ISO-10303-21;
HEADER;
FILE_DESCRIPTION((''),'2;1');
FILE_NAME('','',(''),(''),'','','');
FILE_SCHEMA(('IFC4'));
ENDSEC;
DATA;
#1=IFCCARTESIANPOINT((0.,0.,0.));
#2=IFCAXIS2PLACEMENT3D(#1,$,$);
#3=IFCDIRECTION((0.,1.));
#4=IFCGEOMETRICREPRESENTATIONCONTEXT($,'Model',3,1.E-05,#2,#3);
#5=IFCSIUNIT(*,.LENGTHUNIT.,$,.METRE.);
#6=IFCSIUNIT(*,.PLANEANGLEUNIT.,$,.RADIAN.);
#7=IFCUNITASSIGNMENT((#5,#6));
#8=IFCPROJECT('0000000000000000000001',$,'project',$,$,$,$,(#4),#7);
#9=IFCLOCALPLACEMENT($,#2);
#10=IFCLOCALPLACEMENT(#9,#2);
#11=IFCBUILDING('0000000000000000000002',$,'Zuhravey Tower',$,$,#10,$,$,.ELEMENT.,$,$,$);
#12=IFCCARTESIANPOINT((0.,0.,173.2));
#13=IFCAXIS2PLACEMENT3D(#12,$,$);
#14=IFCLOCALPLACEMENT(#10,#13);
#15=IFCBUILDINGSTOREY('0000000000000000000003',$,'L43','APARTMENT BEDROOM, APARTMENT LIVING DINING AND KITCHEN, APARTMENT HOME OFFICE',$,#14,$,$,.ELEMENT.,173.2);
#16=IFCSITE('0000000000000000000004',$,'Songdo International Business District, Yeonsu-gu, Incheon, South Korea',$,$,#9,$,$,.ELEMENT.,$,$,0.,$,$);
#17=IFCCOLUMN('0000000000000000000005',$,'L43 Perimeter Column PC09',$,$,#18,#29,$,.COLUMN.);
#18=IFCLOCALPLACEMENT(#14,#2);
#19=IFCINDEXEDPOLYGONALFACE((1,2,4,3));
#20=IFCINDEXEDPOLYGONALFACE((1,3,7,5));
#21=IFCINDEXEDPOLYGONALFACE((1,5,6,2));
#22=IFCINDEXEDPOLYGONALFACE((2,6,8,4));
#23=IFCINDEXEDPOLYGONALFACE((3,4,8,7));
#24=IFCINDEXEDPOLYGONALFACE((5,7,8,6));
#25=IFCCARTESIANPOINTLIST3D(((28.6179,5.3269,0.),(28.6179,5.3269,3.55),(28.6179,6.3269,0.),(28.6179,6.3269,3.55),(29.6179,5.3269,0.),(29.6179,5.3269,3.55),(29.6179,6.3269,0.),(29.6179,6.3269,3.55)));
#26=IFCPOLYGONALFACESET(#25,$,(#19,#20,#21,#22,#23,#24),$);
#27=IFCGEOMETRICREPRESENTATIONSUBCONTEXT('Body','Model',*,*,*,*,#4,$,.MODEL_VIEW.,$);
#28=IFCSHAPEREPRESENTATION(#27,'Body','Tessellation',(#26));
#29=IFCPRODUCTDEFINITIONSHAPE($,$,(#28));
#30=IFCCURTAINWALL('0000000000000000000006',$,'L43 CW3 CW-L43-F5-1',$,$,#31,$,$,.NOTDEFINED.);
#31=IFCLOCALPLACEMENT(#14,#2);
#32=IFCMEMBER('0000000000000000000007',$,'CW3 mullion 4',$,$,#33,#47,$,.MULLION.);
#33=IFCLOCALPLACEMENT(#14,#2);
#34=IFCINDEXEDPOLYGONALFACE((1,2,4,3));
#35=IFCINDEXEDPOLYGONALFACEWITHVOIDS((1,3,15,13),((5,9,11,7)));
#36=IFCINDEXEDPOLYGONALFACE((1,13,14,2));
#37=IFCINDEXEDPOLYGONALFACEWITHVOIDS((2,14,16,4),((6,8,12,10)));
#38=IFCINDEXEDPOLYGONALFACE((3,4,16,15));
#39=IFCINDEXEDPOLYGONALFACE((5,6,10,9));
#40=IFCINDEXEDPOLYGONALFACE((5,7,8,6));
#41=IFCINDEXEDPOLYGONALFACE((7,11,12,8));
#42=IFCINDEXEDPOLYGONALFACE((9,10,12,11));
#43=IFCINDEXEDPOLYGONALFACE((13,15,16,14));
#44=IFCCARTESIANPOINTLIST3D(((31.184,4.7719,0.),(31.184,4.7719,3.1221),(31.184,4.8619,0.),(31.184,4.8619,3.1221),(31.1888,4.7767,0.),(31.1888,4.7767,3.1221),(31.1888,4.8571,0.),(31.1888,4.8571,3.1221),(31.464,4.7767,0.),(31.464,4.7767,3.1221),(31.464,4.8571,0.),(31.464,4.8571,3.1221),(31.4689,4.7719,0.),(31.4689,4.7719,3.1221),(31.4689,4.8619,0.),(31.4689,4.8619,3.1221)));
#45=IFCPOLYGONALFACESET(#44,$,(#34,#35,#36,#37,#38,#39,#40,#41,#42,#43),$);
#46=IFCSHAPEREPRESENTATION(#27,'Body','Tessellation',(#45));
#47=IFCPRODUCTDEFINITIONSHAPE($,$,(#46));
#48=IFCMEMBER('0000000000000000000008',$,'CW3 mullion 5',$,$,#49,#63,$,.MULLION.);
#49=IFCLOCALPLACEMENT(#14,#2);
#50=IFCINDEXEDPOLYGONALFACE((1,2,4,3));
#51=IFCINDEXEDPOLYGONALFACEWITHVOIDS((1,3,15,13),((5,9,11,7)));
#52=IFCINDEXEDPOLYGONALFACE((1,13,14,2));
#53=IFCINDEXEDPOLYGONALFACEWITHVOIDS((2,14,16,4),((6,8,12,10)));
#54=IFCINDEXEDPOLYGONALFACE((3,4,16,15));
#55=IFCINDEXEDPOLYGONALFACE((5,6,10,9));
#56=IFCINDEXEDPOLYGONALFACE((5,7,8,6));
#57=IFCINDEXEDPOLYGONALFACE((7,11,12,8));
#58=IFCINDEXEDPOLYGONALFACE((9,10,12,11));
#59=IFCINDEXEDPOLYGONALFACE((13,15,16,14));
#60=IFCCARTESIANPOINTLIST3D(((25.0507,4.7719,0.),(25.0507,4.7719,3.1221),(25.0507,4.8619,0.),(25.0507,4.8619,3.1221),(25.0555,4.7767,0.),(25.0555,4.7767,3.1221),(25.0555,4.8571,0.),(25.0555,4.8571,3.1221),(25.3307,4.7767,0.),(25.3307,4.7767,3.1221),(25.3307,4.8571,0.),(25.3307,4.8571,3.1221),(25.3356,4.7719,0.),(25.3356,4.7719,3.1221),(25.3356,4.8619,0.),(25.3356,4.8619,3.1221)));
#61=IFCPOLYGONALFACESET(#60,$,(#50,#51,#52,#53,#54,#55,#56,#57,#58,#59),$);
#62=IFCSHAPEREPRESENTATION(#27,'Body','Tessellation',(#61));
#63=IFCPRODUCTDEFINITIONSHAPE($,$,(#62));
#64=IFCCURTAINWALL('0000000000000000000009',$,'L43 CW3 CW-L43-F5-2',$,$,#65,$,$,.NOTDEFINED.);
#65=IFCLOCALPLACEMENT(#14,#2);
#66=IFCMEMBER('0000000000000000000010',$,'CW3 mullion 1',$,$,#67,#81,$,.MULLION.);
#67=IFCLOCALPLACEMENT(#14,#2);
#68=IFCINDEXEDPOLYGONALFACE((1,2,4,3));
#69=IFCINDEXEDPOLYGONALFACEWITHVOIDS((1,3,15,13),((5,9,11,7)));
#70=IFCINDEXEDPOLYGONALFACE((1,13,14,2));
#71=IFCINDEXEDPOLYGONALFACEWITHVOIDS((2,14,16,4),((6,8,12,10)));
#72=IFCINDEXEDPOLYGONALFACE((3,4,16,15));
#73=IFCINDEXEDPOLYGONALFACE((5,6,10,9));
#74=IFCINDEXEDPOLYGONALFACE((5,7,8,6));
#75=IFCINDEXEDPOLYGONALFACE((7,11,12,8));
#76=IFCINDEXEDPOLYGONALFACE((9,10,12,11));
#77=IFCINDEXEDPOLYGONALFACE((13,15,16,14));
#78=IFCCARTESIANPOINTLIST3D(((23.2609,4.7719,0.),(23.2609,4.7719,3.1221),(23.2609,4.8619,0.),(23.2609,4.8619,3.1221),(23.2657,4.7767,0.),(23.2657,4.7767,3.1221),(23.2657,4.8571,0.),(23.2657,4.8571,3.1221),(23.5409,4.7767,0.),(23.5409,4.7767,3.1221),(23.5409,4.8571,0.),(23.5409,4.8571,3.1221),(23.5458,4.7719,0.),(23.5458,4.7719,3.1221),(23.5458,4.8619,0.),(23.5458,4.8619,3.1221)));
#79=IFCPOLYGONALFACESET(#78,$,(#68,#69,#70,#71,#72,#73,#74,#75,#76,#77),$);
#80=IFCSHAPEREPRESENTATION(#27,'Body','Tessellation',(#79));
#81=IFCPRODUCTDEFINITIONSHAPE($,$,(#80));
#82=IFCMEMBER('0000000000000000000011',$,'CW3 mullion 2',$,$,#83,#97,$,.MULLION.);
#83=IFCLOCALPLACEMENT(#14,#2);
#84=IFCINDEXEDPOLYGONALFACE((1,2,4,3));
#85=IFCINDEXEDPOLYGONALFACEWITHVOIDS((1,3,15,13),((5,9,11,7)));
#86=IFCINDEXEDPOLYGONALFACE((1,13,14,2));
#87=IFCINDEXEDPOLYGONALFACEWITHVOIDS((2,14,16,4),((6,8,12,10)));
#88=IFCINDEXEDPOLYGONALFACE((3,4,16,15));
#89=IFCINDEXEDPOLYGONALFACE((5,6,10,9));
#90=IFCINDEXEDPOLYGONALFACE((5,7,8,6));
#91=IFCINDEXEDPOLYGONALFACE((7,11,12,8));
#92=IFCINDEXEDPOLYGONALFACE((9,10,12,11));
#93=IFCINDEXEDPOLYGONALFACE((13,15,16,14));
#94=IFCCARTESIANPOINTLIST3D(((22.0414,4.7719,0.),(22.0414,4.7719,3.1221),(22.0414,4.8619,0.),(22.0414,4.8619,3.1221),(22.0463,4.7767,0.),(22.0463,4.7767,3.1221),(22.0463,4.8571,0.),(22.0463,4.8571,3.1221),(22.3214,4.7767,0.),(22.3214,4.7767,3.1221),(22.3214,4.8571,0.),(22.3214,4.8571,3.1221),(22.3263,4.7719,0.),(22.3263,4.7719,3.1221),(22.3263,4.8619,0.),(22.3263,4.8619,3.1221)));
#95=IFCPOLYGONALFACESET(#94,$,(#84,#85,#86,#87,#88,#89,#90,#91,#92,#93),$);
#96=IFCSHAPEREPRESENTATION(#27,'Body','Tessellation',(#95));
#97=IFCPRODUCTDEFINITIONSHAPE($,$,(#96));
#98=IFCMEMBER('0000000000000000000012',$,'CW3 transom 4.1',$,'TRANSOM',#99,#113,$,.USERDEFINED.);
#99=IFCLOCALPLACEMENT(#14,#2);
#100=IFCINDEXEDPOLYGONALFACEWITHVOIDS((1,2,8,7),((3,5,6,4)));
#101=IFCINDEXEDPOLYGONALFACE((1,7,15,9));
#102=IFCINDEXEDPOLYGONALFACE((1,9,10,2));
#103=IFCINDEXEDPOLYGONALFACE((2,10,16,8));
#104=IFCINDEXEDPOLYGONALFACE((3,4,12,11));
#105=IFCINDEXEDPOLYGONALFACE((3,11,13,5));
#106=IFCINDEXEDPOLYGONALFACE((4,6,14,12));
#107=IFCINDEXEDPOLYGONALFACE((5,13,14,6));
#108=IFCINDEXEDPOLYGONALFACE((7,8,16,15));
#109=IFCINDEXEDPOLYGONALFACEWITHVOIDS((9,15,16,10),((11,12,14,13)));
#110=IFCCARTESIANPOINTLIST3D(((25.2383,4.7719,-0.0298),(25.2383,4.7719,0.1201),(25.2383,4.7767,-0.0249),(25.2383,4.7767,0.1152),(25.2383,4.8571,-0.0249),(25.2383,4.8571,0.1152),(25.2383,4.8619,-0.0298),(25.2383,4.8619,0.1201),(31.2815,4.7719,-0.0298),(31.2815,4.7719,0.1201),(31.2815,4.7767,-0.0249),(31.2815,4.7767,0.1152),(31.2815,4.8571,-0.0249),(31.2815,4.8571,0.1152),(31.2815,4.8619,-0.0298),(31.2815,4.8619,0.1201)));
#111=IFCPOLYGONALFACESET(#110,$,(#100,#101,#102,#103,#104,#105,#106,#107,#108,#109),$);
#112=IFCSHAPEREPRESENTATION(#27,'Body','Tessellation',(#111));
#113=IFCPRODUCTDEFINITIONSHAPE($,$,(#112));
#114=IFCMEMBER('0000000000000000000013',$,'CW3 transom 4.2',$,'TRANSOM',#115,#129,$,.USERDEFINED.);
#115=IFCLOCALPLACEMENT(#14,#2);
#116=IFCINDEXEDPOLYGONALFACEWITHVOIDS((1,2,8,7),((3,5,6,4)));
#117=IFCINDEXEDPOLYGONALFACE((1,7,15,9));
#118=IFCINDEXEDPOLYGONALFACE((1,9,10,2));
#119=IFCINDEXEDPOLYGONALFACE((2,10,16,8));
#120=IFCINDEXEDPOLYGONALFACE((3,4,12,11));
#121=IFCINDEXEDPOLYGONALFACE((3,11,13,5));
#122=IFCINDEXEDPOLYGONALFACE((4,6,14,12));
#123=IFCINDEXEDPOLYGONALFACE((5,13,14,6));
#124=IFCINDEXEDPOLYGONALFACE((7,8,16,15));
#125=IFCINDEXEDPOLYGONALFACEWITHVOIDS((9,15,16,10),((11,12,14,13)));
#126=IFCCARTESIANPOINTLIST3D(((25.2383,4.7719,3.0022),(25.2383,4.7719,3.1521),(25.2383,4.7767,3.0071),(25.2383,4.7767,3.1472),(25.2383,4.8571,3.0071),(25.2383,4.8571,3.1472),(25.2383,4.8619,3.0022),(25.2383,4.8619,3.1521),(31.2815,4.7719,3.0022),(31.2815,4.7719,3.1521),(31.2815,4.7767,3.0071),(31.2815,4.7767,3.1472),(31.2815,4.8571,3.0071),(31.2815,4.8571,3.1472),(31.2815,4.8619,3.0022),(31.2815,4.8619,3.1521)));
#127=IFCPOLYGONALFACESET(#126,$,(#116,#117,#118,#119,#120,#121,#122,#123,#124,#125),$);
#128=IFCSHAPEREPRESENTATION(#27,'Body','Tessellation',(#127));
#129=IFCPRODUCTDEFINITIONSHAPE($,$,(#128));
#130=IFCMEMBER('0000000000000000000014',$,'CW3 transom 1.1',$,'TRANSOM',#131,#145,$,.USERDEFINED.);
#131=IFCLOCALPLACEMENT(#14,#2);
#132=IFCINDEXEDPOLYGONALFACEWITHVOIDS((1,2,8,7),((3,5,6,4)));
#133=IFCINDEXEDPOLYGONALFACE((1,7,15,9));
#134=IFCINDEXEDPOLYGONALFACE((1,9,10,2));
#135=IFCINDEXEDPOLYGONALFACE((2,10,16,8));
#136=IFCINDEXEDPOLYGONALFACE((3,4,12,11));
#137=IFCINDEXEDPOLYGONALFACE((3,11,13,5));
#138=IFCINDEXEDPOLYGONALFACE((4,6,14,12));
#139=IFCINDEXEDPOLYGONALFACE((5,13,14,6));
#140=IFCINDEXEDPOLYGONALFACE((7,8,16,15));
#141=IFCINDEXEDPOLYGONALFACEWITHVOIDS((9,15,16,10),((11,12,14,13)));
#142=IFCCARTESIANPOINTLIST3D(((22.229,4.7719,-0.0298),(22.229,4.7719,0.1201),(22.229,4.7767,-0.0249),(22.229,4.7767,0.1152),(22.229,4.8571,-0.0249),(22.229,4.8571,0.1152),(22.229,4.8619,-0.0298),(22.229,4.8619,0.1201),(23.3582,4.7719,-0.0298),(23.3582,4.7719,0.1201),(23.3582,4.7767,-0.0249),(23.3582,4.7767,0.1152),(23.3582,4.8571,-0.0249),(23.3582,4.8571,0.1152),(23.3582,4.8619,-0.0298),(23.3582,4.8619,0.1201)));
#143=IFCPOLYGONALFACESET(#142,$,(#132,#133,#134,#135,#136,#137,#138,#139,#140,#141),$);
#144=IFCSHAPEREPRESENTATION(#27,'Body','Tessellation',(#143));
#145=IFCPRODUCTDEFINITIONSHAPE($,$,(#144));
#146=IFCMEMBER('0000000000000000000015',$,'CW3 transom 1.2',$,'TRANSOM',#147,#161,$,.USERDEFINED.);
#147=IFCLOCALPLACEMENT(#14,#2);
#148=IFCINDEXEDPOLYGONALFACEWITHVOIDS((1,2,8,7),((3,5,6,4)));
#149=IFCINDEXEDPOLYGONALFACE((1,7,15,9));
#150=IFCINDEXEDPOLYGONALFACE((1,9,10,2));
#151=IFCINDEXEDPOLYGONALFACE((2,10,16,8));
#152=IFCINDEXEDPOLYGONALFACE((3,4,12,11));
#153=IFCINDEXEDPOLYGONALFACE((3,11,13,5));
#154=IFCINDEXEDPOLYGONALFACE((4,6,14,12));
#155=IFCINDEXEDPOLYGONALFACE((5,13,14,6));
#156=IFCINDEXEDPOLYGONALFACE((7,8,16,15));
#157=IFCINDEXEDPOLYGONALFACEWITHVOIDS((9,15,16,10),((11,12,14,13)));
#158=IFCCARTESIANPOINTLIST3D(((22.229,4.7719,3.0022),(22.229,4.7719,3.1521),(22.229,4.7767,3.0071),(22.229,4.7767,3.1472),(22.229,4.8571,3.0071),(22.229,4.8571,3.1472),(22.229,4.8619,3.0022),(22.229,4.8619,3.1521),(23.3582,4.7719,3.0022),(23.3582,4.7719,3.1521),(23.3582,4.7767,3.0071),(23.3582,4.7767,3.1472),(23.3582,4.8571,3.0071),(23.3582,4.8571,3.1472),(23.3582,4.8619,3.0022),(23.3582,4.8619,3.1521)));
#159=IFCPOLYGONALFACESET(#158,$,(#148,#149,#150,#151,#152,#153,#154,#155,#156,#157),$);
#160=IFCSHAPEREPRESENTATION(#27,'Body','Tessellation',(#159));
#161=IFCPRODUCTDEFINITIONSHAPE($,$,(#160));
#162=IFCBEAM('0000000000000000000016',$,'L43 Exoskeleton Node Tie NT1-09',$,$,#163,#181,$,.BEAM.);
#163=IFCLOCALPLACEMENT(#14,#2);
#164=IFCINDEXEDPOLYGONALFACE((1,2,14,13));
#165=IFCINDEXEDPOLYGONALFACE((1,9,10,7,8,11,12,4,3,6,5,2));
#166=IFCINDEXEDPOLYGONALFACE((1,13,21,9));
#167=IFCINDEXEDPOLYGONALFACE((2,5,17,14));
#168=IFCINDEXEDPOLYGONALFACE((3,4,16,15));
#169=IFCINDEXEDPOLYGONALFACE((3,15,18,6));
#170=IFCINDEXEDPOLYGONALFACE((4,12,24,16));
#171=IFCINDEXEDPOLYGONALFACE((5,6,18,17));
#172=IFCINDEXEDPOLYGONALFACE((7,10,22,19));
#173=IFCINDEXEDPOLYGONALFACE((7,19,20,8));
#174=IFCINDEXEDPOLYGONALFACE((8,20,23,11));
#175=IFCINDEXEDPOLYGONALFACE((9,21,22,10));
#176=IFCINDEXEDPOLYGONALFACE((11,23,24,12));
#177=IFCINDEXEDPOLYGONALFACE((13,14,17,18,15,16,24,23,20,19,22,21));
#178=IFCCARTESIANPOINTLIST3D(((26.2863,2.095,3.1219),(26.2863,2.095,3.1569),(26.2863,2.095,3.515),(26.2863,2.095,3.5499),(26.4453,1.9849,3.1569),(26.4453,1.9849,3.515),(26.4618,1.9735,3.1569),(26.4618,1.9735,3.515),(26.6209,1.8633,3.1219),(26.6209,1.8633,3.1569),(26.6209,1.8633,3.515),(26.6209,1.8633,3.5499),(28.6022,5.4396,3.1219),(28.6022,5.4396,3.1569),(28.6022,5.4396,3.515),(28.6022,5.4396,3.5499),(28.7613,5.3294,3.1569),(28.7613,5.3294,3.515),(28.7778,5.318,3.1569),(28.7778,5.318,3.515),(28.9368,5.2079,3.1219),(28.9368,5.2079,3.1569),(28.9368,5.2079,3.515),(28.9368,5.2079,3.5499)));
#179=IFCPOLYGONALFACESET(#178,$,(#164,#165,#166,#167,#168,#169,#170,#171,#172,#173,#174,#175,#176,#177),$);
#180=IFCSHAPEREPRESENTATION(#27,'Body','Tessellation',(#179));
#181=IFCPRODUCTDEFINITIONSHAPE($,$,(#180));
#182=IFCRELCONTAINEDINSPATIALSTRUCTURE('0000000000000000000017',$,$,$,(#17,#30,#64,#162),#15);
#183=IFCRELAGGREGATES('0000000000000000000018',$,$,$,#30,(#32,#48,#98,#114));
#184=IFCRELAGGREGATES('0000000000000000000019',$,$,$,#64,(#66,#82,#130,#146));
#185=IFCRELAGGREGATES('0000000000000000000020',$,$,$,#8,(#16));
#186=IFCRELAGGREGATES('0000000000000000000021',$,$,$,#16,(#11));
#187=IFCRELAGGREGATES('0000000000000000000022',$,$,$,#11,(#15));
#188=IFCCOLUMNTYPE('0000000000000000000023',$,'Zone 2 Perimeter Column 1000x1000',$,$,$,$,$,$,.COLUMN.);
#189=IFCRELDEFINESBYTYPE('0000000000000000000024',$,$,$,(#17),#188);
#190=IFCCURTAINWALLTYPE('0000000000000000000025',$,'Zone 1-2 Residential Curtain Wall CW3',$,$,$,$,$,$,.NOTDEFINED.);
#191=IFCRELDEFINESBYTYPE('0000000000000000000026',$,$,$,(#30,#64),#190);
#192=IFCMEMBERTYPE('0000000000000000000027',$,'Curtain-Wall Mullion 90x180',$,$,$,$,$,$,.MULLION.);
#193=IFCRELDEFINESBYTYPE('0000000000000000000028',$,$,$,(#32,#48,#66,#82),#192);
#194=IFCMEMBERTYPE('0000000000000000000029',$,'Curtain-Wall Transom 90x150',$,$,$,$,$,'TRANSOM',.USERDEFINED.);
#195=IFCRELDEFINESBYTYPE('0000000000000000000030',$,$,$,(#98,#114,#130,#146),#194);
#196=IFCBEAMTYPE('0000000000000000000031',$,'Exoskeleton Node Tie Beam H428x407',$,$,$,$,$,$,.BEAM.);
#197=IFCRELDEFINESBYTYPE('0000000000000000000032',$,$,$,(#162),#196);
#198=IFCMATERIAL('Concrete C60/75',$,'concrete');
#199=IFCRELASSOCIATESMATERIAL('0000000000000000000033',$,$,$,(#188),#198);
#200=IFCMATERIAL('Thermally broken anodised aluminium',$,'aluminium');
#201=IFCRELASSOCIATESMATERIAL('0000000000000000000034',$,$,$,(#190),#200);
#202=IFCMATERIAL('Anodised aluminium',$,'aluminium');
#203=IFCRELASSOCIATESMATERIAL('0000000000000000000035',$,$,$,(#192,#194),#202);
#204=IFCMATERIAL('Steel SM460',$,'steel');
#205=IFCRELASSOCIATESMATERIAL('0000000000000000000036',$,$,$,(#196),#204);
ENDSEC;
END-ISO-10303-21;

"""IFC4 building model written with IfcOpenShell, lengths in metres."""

from ifc_helpers import new_model, si_unit, direction, frame, origin, origin_2d, place, context, subcontext, project, spatial, rectangle, hollow_rectangle, i_section, extrude, material, material_profile, profile_set, type_object, element, aggregate, save


model = new_model("IFC4")

# Units and contexts
model_context = context("Model", 3, precision=1e-05, world=origin(), true_north=direction((0.0, 1.0)))
body_context = subcontext(model_context, "Body", "Model", "MODEL_VIEW")
ifc_project = project(units=[si_unit("LENGTHUNIT", "METRE"), si_unit("PLANEANGLEUNIT", "RADIAN")], contexts=[model_context])

# Site, building, storey
site_placement = place(None, origin())
site = spatial("IfcSite", under=ifc_project, at=site_placement, Name="Songdo International Business District, Yeonsu-gu, Incheon, South Korea", CompositionType="ELEMENT", RefElevation=0.0)
building_placement = place(site_placement, origin())
building = spatial("IfcBuilding", under=site, at=building_placement, Name="Zuhravey Tower", CompositionType="ELEMENT")
storey_placement = place(building_placement, frame((0.0, 0.0, 173.2)))
storey = spatial("IfcBuildingStorey", under=building, at=storey_placement, Name="L43", Description="APARTMENT BEDROOM, APARTMENT LIVING DINING AND KITCHEN, APARTMENT HOME OFFICE", CompositionType="ELEMENT", Elevation=173.2)

# Column
ifc_material_1 = material(Name="Concrete C60/75", Category="concrete")
ifc_material_profile_1 = material_profile(ifc_material_1, rectangle(XDim=1.0, YDim=1.0, at=origin_2d()), Name="RC-1000x1000")
ifc_profile_set_1 = profile_set([ifc_material_profile_1], Name="Concrete C60/75")
column_type = type_object("IfcColumnType", Name="Zone 2 Perimeter Column 1000x1000", PredefinedType="COLUMN", material=ifc_profile_set_1)
column_placement = place(storey_placement, frame((29.1179, 5.8269, 0.0), z_axis=(0.0, 0.0, 1.0), x_axis=(1.0, 0.0, 0.0)))
element("IfcColumn", 1, at=column_placement, inside=storey, type_object=column_type, Name="L43 Perimeter Column PC09", PredefinedType="COLUMN", context=body_context, shape_type="SweptSolid", body=[
    extrude(rectangle(XDim=1.0, YDim=1.0, at=origin_2d()), origin(), (0.0, 0.0, 1.0), 3.55),
])

# Curtain walls, members
ifc_material_2 = material(Name="Thermally broken anodised aluminium", Category="aluminium")
curtain_wall_type = type_object("IfcCurtainWallType", Name="Zone 1-2 Residential Curtain Wall CW3", PredefinedType="NOTDEFINED", material=ifc_material_2)
curtain_wall_1_placement = place(storey_placement, origin())
curtain_wall_1 = element("IfcCurtainWall", 2, at=curtain_wall_1_placement, inside=storey, type_object=curtain_wall_type, Name="L43 CW3 CW-L43-F5-1", PredefinedType="NOTDEFINED")
ifc_material_3 = material(Name="Anodised aluminium", Category="aluminium")
ifc_material_profile_2 = material_profile(ifc_material_3, hollow_rectangle(XDim=0.0901, YDim=0.2849, WallThickness=0.0049, at=origin_2d()), Name="ALU-RHS-90x285x5")
ifc_profile_set_2 = profile_set([ifc_material_profile_2], Name="Anodised aluminium")
member_type_1 = type_object("IfcMemberType", Name="Curtain-Wall Mullion 90x180", PredefinedType="MULLION", material=ifc_profile_set_2)
member_1_placement = place(storey_placement, frame((31.3264, 4.8169, 0.0), z_axis=(0.0, 0.0, 1.0), x_axis=(0.0, -1.0, 0.0)))
member_1 = element("IfcMember", 3, at=member_1_placement, type_object=member_type_1, Name="CW3 mullion 4", PredefinedType="MULLION", context=body_context, shape_type="SweptSolid", body=[
    extrude(hollow_rectangle(XDim=0.0901, YDim=0.2849, WallThickness=0.0049, at=origin_2d()), origin(), (0.0, 0.0, 1.0), 3.1221),
])
member_2_placement = place(storey_placement, frame((25.1931, 4.8169, 0.0), z_axis=(0.0, 0.0, 1.0), x_axis=(0.0, -1.0, 0.0)))
member_2 = element("IfcMember", 4, at=member_2_placement, type_object=member_type_1, Name="CW3 mullion 5", PredefinedType="MULLION", context=body_context, shape_type="SweptSolid", body=[
    extrude(hollow_rectangle(XDim=0.0901, YDim=0.2849, WallThickness=0.0049, at=origin_2d()), origin(), (0.0, 0.0, 1.0), 3.1221),
])
curtain_wall_2_placement = place(storey_placement, origin())
curtain_wall_2 = element("IfcCurtainWall", 5, at=curtain_wall_2_placement, inside=storey, type_object=curtain_wall_type, Name="L43 CW3 CW-L43-F5-2", PredefinedType="NOTDEFINED")
member_3_placement = place(storey_placement, frame((23.4033, 4.8169, 0.0), z_axis=(0.0, 0.0, 1.0), x_axis=(0.0, -1.0, 0.0)))
member_3 = element("IfcMember", 6, at=member_3_placement, type_object=member_type_1, Name="CW3 mullion 1", PredefinedType="MULLION", context=body_context, shape_type="SweptSolid", body=[
    extrude(hollow_rectangle(XDim=0.0901, YDim=0.2849, WallThickness=0.0049, at=origin_2d()), origin(), (0.0, 0.0, 1.0), 3.1221),
])
member_4_placement = place(storey_placement, frame((22.1838, 4.8169, 0.0), z_axis=(0.0, 0.0, 1.0), x_axis=(0.0, -1.0, 0.0)))
member_4 = element("IfcMember", 7, at=member_4_placement, type_object=member_type_1, Name="CW3 mullion 2", PredefinedType="MULLION", context=body_context, shape_type="SweptSolid", body=[
    extrude(hollow_rectangle(XDim=0.0901, YDim=0.2849, WallThickness=0.0049, at=origin_2d()), origin(), (0.0, 0.0, 1.0), 3.1221),
])

# Members
ifc_material_profile_3 = material_profile(ifc_material_3, hollow_rectangle(XDim=0.0901, YDim=0.1499, WallThickness=0.0049, at=origin_2d()), Name="ALU-RHS-90x150x5")
ifc_profile_set_3 = profile_set([ifc_material_profile_3], Name="Anodised aluminium")
member_type_2 = type_object("IfcMemberType", Name="Curtain-Wall Transom 90x150", ElementType="TRANSOM", PredefinedType="USERDEFINED", material=ifc_profile_set_3)
member_5_placement = place(storey_placement, frame((31.2815, 4.8169, 0.0452), z_axis=(-1.0, 0.0, 0.0), x_axis=(0.0, -1.0, 0.0)))
member_5 = element("IfcMember", 8, at=member_5_placement, type_object=member_type_2, Name="CW3 transom 4.1", ObjectType="TRANSOM", PredefinedType="USERDEFINED", context=body_context, shape_type="SweptSolid", body=[
    extrude(hollow_rectangle(XDim=0.0901, YDim=0.1499, WallThickness=0.0049, at=origin_2d()), origin(), (0.0, 0.0, 1.0), 6.0432),
])
member_6_placement = place(storey_placement, frame((31.2815, 4.8169, 3.0771), z_axis=(-1.0, 0.0, 0.0), x_axis=(0.0, -1.0, 0.0)))
member_6 = element("IfcMember", 9, at=member_6_placement, type_object=member_type_2, Name="CW3 transom 4.2", ObjectType="TRANSOM", PredefinedType="USERDEFINED", context=body_context, shape_type="SweptSolid", body=[
    extrude(hollow_rectangle(XDim=0.0901, YDim=0.1499, WallThickness=0.0049, at=origin_2d()), origin(), (0.0, 0.0, 1.0), 6.0432),
])
member_7_placement = place(storey_placement, frame((23.3582, 4.8169, 0.0452), z_axis=(-1.0, 0.0, 0.0), x_axis=(0.0, -1.0, 0.0)))
member_7 = element("IfcMember", 10, at=member_7_placement, type_object=member_type_2, Name="CW3 transom 1.1", ObjectType="TRANSOM", PredefinedType="USERDEFINED", context=body_context, shape_type="SweptSolid", body=[
    extrude(hollow_rectangle(XDim=0.0901, YDim=0.1499, WallThickness=0.0049, at=origin_2d()), origin(), (0.0, 0.0, 1.0), 1.1292),
])
member_8_placement = place(storey_placement, frame((23.3582, 4.8169, 3.0771), z_axis=(-1.0, 0.0, 0.0), x_axis=(0.0, -1.0, 0.0)))
member_8 = element("IfcMember", 11, at=member_8_placement, type_object=member_type_2, Name="CW3 transom 1.2", ObjectType="TRANSOM", PredefinedType="USERDEFINED", context=body_context, shape_type="SweptSolid", body=[
    extrude(hollow_rectangle(XDim=0.0901, YDim=0.1499, WallThickness=0.0049, at=origin_2d()), origin(), (0.0, 0.0, 1.0), 1.1292),
])

# Beam
ifc_material_4 = material(Name="Steel SM460", Category="steel")
ifc_material_profile_4 = material_profile(ifc_material_4, i_section(OverallWidth=0.407, OverallDepth=0.428, WebThickness=0.02, FlangeThickness=0.0349, at=origin_2d()), Name="H-428x407x20x35")
ifc_profile_set_4 = profile_set([ifc_material_profile_4], Name="Steel SM460")
beam_type_1 = type_object("IfcBeamType", Name="Exoskeleton Node Tie Beam H428x407", PredefinedType="BEAM", material=ifc_profile_set_4)
beam_1_placement = place(storey_placement, frame((28.7695, 5.3237, 3.3359), z_axis=(-0.569294, -0.822134, 0.0), x_axis=(0.822134, -0.569294, 0.0)))
element("IfcBeam", 12, at=beam_1_placement, inside=storey, type_object=beam_type_1, Name="L43 Exoskeleton Node Tie NT1-09", PredefinedType="BEAM", context=body_context, shape_type="SweptSolid", body=[
    extrude(i_section(OverallWidth=0.407, OverallDepth=0.428, WebThickness=0.02, FlangeThickness=0.0349, at=origin_2d()), origin(), (0.0, 0.0, 1.0), 4.0681),
])

aggregate(curtain_wall_1, [member_1, member_2, member_5, member_6])
aggregate(curtain_wall_2, [member_3, member_4, member_7, member_8])

save(model, "model.ifc")
